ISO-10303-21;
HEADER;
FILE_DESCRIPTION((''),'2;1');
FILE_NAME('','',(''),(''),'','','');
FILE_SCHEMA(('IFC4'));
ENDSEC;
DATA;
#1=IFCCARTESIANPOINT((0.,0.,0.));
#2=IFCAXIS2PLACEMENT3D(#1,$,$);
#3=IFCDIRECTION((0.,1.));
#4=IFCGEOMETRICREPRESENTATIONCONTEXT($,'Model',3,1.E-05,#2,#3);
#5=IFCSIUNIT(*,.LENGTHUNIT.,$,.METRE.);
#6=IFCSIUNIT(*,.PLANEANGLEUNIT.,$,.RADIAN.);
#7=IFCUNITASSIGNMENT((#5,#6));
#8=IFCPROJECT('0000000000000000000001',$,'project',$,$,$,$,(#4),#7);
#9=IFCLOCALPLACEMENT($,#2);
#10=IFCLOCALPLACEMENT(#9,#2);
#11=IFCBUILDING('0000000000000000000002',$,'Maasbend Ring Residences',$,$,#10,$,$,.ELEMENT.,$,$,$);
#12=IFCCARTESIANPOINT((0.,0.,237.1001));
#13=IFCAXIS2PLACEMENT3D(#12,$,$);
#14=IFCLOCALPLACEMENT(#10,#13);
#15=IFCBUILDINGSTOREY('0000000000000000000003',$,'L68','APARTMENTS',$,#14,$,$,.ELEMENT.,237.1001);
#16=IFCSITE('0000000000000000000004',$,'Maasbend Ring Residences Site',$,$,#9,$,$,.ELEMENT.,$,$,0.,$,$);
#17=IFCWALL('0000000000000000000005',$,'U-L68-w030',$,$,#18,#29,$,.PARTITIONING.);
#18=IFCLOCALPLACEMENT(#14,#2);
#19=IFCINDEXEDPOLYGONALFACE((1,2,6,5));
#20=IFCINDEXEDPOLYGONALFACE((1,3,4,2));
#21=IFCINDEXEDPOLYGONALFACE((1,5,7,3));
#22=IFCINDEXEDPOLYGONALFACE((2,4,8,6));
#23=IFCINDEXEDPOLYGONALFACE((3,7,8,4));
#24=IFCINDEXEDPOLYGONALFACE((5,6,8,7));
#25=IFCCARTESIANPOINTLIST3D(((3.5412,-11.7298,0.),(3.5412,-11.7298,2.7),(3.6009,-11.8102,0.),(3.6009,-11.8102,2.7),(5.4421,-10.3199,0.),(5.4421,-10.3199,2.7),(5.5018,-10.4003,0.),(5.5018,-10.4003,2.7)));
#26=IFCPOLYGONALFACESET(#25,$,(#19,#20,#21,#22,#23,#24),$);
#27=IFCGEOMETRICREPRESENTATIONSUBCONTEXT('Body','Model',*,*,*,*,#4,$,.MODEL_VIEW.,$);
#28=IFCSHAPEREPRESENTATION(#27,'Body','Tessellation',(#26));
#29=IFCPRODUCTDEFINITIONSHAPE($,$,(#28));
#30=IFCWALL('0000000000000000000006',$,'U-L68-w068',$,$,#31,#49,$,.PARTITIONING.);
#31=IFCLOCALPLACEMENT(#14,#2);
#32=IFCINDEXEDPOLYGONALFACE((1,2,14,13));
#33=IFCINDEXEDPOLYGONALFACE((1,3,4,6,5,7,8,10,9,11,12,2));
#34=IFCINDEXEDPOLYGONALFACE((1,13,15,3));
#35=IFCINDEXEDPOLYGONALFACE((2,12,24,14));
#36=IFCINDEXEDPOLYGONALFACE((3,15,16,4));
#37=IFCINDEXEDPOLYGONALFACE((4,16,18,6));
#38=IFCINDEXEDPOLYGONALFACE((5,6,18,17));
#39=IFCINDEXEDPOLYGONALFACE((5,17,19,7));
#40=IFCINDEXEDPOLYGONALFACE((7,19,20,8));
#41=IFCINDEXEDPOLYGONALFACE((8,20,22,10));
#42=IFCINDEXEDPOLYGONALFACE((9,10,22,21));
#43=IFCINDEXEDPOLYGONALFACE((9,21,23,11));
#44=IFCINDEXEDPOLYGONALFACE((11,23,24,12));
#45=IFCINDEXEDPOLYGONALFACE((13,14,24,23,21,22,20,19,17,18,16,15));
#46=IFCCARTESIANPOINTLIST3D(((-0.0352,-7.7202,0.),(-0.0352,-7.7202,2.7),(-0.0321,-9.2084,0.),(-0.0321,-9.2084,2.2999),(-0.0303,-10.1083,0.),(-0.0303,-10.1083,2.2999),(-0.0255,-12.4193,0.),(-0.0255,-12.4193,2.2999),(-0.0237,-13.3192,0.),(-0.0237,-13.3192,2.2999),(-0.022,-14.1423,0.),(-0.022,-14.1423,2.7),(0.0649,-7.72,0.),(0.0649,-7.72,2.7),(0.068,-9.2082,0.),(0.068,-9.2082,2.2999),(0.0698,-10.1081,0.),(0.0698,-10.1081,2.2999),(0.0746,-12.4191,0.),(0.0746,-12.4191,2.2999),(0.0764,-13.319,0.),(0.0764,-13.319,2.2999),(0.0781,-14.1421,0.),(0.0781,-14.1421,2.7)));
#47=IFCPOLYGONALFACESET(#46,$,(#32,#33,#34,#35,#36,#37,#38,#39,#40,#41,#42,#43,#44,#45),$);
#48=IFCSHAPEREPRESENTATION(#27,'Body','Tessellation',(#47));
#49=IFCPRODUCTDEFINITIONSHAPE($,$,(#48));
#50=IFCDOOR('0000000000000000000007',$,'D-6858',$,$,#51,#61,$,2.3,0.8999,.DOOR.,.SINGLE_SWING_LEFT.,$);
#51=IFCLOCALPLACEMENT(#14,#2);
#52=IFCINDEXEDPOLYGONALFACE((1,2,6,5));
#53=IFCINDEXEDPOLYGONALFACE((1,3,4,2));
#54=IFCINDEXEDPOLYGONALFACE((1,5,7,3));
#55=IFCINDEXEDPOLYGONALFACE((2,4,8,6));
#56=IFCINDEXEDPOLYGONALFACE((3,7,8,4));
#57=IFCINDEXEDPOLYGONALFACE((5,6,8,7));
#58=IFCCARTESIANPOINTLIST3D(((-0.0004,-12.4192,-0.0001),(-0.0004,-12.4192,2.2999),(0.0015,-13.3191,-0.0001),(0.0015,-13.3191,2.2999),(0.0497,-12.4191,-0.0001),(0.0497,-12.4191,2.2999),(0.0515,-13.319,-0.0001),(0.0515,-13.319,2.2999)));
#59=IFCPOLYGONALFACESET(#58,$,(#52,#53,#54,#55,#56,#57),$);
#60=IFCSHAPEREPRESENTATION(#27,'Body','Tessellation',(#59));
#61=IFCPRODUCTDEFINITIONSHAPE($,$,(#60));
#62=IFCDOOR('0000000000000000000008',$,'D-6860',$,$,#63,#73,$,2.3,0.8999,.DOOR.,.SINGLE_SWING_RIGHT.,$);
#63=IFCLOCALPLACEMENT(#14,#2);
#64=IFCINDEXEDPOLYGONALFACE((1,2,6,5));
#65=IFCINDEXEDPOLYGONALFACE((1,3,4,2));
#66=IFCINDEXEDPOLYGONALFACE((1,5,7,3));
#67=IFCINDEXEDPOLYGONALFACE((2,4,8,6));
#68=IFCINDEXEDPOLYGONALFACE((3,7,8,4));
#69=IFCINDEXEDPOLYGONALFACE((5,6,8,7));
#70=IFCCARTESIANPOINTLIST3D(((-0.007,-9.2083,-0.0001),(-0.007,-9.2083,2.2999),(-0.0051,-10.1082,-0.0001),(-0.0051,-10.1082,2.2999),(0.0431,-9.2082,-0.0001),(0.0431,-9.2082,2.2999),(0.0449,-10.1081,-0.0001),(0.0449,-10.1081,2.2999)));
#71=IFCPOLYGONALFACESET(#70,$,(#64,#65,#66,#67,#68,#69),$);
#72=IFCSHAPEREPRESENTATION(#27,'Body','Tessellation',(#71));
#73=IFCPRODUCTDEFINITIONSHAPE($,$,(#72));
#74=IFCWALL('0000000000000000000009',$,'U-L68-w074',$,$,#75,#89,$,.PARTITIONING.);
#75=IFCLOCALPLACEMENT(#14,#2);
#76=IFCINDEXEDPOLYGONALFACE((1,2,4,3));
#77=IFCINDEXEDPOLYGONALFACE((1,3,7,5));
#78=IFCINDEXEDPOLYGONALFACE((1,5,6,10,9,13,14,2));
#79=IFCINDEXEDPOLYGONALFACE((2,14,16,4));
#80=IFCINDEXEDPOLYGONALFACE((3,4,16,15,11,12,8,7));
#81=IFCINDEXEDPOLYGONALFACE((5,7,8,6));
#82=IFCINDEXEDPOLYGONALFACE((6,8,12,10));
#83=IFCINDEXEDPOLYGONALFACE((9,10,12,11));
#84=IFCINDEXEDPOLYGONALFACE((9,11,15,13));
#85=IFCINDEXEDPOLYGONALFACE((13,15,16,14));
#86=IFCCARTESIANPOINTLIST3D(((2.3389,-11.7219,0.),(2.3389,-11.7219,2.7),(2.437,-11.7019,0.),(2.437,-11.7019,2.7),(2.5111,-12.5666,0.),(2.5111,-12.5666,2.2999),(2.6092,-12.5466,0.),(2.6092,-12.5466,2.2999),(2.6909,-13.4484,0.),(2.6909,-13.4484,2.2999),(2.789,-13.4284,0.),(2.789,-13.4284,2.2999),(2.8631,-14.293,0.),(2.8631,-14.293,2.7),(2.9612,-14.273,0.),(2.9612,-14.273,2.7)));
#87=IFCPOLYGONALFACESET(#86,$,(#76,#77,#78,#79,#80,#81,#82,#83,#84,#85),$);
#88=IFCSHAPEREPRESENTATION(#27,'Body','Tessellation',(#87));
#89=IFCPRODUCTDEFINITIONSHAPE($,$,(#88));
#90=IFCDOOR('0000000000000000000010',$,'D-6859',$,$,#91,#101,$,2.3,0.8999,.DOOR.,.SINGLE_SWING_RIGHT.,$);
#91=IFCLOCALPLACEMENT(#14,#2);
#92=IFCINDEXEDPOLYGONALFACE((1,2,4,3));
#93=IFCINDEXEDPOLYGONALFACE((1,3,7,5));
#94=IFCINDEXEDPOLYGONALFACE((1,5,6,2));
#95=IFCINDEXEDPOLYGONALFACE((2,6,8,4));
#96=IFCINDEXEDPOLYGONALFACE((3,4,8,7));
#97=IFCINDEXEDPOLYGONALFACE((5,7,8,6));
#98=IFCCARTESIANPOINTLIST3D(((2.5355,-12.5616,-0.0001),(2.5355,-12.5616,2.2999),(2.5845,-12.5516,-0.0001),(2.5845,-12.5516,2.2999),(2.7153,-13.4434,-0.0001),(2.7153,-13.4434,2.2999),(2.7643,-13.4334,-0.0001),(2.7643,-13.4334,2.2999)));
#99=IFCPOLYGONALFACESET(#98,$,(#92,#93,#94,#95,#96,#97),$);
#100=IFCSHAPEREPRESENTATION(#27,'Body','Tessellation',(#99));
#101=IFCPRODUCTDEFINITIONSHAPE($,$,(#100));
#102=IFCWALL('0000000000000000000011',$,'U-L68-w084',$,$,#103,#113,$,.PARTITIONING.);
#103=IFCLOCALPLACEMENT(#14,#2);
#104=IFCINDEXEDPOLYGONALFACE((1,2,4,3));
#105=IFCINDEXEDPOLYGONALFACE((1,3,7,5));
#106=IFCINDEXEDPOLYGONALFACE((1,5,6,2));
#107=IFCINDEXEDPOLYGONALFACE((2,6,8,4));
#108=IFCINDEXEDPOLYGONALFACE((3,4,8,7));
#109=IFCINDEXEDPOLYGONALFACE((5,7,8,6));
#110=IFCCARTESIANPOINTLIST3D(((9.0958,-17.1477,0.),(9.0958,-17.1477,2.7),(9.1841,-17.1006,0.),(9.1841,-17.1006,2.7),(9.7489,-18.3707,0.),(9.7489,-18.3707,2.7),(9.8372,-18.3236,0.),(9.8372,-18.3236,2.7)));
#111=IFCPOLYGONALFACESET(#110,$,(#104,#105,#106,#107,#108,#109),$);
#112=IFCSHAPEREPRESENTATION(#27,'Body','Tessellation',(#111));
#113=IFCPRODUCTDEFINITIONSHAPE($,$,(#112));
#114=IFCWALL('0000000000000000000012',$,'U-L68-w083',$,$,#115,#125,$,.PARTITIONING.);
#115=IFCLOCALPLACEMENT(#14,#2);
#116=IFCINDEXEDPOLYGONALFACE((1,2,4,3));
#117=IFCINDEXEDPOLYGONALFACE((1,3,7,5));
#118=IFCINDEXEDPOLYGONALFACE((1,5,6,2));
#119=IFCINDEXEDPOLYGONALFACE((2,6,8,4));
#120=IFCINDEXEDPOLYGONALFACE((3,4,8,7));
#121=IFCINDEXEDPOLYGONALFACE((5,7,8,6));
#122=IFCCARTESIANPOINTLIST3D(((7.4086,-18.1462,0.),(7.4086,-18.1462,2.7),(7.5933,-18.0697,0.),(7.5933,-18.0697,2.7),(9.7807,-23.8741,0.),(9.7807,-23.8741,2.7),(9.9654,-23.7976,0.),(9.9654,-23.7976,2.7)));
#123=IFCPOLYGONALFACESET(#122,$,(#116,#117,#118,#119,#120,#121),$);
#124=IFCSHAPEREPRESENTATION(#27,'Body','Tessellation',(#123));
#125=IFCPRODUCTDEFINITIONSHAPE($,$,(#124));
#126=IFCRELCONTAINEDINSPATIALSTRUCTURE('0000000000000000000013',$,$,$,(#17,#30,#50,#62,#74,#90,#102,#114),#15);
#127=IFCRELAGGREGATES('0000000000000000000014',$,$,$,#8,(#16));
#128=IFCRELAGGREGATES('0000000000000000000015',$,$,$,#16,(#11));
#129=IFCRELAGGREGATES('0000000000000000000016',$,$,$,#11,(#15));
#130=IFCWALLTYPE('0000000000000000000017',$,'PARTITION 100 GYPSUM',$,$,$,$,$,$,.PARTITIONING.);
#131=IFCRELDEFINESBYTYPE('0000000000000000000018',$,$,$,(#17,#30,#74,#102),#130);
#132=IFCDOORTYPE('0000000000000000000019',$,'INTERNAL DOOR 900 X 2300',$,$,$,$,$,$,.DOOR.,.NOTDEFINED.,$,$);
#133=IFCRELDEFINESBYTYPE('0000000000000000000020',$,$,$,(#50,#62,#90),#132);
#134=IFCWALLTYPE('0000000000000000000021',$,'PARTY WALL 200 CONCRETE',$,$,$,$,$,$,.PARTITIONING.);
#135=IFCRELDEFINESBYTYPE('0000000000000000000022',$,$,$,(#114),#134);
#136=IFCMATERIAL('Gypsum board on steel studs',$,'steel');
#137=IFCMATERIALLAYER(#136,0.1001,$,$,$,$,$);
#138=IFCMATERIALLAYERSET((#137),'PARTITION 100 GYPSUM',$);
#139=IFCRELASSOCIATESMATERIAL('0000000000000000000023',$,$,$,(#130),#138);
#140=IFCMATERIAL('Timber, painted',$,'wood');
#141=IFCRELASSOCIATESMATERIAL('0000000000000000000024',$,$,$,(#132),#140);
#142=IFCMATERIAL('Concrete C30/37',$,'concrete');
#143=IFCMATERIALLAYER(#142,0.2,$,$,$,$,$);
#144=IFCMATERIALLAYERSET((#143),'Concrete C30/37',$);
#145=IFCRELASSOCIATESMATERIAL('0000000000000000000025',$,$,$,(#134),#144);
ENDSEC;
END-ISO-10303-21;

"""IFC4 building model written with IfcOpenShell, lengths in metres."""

from ifc_helpers import new_model, si_unit, direction, frame, frame_2d, origin, place, context, subcontext, project, spatial, rectangle, extrude, material, layer, layer_set, type_object, element, fill, save


model = new_model("IFC4")

# Units and contexts
model_context = context("Model", 3, precision=1e-05, world=origin(), true_north=direction((0.0, 1.0)))
body_context = subcontext(model_context, "Body", "Model", "MODEL_VIEW")
ifc_project = project(units=[si_unit("LENGTHUNIT", "METRE"), si_unit("PLANEANGLEUNIT", "RADIAN")], contexts=[model_context])

# Site, building, storey
site_placement = place(None, origin())
site = spatial("IfcSite", under=ifc_project, at=site_placement, Name="Maasbend Ring Residences Site", CompositionType="ELEMENT", RefElevation=0.0)
building_placement = place(site_placement, origin())
building = spatial("IfcBuilding", under=site, at=building_placement, Name="Maasbend Ring Residences", CompositionType="ELEMENT")
storey_placement = place(building_placement, frame((0.0, 0.0, 237.1001)))
storey = spatial("IfcBuildingStorey", under=building, at=storey_placement, Name="L68", Description="APARTMENTS", CompositionType="ELEMENT", Elevation=237.1001)

# Wall
ifc_material_1 = material(Name="Gypsum board on steel studs", Category="steel")
ifc_layer_1 = layer(ifc_material_1, 0.1001)
ifc_layer_set_1 = layer_set([ifc_layer_1], Name="PARTITION 100 GYPSUM")
wall_type_1 = type_object("IfcWallType", Name="PARTITION 100 GYPSUM", PredefinedType="PARTITIONING", material=ifc_layer_set_1)
wall_1_placement = place(storey_placement, frame((3.571, -11.77, 0.0), z_axis=(0.0, 0.0, 1.0), x_axis=(0.803182, 0.595733, 0.0)))
element("IfcWall", 1, at=wall_1_placement, inside=storey, type_object=wall_type_1, Name="U-L68-w030", PredefinedType="PARTITIONING", context=body_context, shape_type="SweptSolid", body=[
    extrude(rectangle(XDim=2.3667, YDim=0.1001, at=frame_2d((1.1833, 0.0))), origin(), (0.0, 0.0, 1.0), 2.7),
])

# Wall, openings, doors
wall_2_placement = place(storey_placement, frame((0.0281, -14.1421, 0.0), z_axis=(0.0, 0.0, 1.0), x_axis=(-0.002053, 0.999998, 0.0)))
wall_2 = element("IfcWall", 2, at=wall_2_placement, inside=storey, type_object=wall_type_1, Name="U-L68-w068", PredefinedType="PARTITIONING", context=body_context, shape_type="SweptSolid", body=[
    extrude(rectangle(XDim=6.4221, YDim=0.1001, at=frame_2d((3.2109, 0.0))), origin(), (0.0, 0.0, 1.0), 2.7),
])
opening_1_placement = place(wall_2_placement, frame((0.823, 0.0, 0.0)))
opening_1 = element("IfcOpeningElement", 3, at=opening_1_placement, cuts=wall_2, PredefinedType="OPENING", context=body_context, shape_type="SweptSolid", body=[
    extrude(rectangle(XDim=0.8999, YDim=2.3, at=frame_2d((0.45, 1.1499))), frame((0.0, 0.0601, 0.0), z_axis=(0.0, -1.0, 0.0), x_axis=(1.0, 0.0, 0.0)), (0.0, 0.0, 1.0), 0.1201),
])
opening_2_placement = place(wall_2_placement, frame((4.0339, 0.0, 0.0)))
opening_2 = element("IfcOpeningElement", 4, at=opening_2_placement, cuts=wall_2, PredefinedType="OPENING", context=body_context, shape_type="SweptSolid", body=[
    extrude(rectangle(XDim=0.8999, YDim=2.3, at=frame_2d((0.45, 1.1499))), frame((0.0, 0.0601, 0.0), z_axis=(0.0, -1.0, 0.0), x_axis=(1.0, 0.0, 0.0)), (0.0, 0.0, 1.0), 0.1201),
])
ifc_material_2 = material(Name="Timber, painted", Category="wood")
door_type_1 = type_object("IfcDoorType", Name="INTERNAL DOOR 900 X 2300", OperationType="NOTDEFINED", PredefinedType="DOOR", material=ifc_material_2)
door_1_placement = place(opening_1_placement, origin())
door_1 = element("IfcDoor", 5, at=door_1_placement, inside=storey, type_object=door_type_1, Name="D-6858", OperationType="SINGLE_SWING_LEFT", OverallHeight=2.3, OverallWidth=0.8999, PredefinedType="DOOR", context=body_context, shape_type="SweptSolid", body=[
    extrude(rectangle(XDim=0.8999, YDim=2.3, at=frame_2d((0.45, 1.1499))), frame((0.0, 0.0249, 0.0), z_axis=(0.0, -1.0, 0.0), x_axis=(1.0, 0.0, 0.0)), (0.0, 0.0, 1.0), 0.05),
])
fill(opening_1, door_1)
door_2_placement = place(opening_2_placement, origin())
door_2 = element("IfcDoor", 6, at=door_2_placement, inside=storey, type_object=door_type_1, Name="D-6860", OperationType="SINGLE_SWING_RIGHT", OverallHeight=2.3, OverallWidth=0.8999, PredefinedType="DOOR", context=body_context, shape_type="SweptSolid", body=[
    extrude(rectangle(XDim=0.8999, YDim=2.3, at=frame_2d((0.45, 1.1499))), frame((0.0, 0.0249, 0.0), z_axis=(0.0, -1.0, 0.0), x_axis=(1.0, 0.0, 0.0)), (0.0, 0.0, 1.0), 0.05),
])
fill(opening_2, door_2)

# Wall, opening, door
wall_3_placement = place(storey_placement, frame((2.3879, -11.7119, 0.0), z_axis=(0.0, 0.0, 1.0), x_axis=(0.199765, -0.979844, 0.0)))
wall_3 = element("IfcWall", 7, at=wall_3_placement, inside=storey, type_object=wall_type_1, Name="U-L68-w074", PredefinedType="PARTITIONING", context=body_context, shape_type="SweptSolid", body=[
    extrude(rectangle(XDim=2.624, YDim=0.1001, at=frame_2d((1.312, 0.0))), origin(), (0.0, 0.0, 1.0), 2.7),
])
opening_3_placement = place(wall_3_placement, frame((0.8621, 0.0, 0.0)))
opening_3 = element("IfcOpeningElement", 8, at=opening_3_placement, cuts=wall_3, PredefinedType="OPENING", context=body_context, shape_type="SweptSolid", body=[
    extrude(rectangle(XDim=0.8999, YDim=2.3, at=frame_2d((0.45, 1.1499))), frame((0.0, 0.0601, 0.0), z_axis=(0.0, -1.0, 0.0), x_axis=(1.0, 0.0, 0.0)), (0.0, 0.0, 1.0), 0.1201),
])
door_3_placement = place(opening_3_placement, origin())
door_3 = element("IfcDoor", 9, at=door_3_placement, inside=storey, type_object=door_type_1, Name="D-6859", OperationType="SINGLE_SWING_RIGHT", OverallHeight=2.3, OverallWidth=0.8999, PredefinedType="DOOR", context=body_context, shape_type="SweptSolid", body=[
    extrude(rectangle(XDim=0.8999, YDim=2.3, at=frame_2d((0.45, 1.1499))), frame((0.0, 0.0249, 0.0), z_axis=(0.0, -1.0, 0.0), x_axis=(1.0, 0.0, 0.0)), (0.0, 0.0, 1.0), 0.05),
])
fill(opening_3, door_3)

# Walls
wall_4_placement = place(storey_placement, frame((9.1399, -17.124, 0.0), z_axis=(0.0, 0.0, 1.0), x_axis=(0.471073, -0.882094, 0.0)))
element("IfcWall", 10, at=wall_4_placement, inside=storey, type_object=wall_type_1, Name="U-L68-w084", PredefinedType="PARTITIONING", context=body_context, shape_type="SweptSolid", body=[
    extrude(rectangle(XDim=1.3865, YDim=0.1001, at=frame_2d((0.6934, 0.0))), origin(), (0.0, 0.0, 1.0), 2.7),
])
ifc_material_3 = material(Name="Concrete C30/37", Category="concrete")
ifc_layer_2 = layer(ifc_material_3, 0.2)
ifc_layer_set_2 = layer_set([ifc_layer_2], Name="Concrete C30/37")
wall_type_2 = type_object("IfcWallType", Name="PARTY WALL 200 CONCRETE", PredefinedType="PARTITIONING", material=ifc_layer_set_2)
wall_5_placement = place(storey_placement, frame((7.501, -18.1079, 0.0), z_axis=(0.0, 0.0, 1.0), x_axis=(0.382607, -0.923911, 0.0)))
element("IfcWall", 11, at=wall_5_placement, inside=storey, type_object=wall_type_2, Name="U-L68-w083", PredefinedType="PARTITIONING", context=body_context, shape_type="SweptSolid", body=[
    extrude(rectangle(XDim=6.1997, YDim=0.2, at=frame_2d((3.0999, 0.0))), origin(), (0.0, 0.0, 1.0), 2.7),
])

save(model, "model.ifc")
